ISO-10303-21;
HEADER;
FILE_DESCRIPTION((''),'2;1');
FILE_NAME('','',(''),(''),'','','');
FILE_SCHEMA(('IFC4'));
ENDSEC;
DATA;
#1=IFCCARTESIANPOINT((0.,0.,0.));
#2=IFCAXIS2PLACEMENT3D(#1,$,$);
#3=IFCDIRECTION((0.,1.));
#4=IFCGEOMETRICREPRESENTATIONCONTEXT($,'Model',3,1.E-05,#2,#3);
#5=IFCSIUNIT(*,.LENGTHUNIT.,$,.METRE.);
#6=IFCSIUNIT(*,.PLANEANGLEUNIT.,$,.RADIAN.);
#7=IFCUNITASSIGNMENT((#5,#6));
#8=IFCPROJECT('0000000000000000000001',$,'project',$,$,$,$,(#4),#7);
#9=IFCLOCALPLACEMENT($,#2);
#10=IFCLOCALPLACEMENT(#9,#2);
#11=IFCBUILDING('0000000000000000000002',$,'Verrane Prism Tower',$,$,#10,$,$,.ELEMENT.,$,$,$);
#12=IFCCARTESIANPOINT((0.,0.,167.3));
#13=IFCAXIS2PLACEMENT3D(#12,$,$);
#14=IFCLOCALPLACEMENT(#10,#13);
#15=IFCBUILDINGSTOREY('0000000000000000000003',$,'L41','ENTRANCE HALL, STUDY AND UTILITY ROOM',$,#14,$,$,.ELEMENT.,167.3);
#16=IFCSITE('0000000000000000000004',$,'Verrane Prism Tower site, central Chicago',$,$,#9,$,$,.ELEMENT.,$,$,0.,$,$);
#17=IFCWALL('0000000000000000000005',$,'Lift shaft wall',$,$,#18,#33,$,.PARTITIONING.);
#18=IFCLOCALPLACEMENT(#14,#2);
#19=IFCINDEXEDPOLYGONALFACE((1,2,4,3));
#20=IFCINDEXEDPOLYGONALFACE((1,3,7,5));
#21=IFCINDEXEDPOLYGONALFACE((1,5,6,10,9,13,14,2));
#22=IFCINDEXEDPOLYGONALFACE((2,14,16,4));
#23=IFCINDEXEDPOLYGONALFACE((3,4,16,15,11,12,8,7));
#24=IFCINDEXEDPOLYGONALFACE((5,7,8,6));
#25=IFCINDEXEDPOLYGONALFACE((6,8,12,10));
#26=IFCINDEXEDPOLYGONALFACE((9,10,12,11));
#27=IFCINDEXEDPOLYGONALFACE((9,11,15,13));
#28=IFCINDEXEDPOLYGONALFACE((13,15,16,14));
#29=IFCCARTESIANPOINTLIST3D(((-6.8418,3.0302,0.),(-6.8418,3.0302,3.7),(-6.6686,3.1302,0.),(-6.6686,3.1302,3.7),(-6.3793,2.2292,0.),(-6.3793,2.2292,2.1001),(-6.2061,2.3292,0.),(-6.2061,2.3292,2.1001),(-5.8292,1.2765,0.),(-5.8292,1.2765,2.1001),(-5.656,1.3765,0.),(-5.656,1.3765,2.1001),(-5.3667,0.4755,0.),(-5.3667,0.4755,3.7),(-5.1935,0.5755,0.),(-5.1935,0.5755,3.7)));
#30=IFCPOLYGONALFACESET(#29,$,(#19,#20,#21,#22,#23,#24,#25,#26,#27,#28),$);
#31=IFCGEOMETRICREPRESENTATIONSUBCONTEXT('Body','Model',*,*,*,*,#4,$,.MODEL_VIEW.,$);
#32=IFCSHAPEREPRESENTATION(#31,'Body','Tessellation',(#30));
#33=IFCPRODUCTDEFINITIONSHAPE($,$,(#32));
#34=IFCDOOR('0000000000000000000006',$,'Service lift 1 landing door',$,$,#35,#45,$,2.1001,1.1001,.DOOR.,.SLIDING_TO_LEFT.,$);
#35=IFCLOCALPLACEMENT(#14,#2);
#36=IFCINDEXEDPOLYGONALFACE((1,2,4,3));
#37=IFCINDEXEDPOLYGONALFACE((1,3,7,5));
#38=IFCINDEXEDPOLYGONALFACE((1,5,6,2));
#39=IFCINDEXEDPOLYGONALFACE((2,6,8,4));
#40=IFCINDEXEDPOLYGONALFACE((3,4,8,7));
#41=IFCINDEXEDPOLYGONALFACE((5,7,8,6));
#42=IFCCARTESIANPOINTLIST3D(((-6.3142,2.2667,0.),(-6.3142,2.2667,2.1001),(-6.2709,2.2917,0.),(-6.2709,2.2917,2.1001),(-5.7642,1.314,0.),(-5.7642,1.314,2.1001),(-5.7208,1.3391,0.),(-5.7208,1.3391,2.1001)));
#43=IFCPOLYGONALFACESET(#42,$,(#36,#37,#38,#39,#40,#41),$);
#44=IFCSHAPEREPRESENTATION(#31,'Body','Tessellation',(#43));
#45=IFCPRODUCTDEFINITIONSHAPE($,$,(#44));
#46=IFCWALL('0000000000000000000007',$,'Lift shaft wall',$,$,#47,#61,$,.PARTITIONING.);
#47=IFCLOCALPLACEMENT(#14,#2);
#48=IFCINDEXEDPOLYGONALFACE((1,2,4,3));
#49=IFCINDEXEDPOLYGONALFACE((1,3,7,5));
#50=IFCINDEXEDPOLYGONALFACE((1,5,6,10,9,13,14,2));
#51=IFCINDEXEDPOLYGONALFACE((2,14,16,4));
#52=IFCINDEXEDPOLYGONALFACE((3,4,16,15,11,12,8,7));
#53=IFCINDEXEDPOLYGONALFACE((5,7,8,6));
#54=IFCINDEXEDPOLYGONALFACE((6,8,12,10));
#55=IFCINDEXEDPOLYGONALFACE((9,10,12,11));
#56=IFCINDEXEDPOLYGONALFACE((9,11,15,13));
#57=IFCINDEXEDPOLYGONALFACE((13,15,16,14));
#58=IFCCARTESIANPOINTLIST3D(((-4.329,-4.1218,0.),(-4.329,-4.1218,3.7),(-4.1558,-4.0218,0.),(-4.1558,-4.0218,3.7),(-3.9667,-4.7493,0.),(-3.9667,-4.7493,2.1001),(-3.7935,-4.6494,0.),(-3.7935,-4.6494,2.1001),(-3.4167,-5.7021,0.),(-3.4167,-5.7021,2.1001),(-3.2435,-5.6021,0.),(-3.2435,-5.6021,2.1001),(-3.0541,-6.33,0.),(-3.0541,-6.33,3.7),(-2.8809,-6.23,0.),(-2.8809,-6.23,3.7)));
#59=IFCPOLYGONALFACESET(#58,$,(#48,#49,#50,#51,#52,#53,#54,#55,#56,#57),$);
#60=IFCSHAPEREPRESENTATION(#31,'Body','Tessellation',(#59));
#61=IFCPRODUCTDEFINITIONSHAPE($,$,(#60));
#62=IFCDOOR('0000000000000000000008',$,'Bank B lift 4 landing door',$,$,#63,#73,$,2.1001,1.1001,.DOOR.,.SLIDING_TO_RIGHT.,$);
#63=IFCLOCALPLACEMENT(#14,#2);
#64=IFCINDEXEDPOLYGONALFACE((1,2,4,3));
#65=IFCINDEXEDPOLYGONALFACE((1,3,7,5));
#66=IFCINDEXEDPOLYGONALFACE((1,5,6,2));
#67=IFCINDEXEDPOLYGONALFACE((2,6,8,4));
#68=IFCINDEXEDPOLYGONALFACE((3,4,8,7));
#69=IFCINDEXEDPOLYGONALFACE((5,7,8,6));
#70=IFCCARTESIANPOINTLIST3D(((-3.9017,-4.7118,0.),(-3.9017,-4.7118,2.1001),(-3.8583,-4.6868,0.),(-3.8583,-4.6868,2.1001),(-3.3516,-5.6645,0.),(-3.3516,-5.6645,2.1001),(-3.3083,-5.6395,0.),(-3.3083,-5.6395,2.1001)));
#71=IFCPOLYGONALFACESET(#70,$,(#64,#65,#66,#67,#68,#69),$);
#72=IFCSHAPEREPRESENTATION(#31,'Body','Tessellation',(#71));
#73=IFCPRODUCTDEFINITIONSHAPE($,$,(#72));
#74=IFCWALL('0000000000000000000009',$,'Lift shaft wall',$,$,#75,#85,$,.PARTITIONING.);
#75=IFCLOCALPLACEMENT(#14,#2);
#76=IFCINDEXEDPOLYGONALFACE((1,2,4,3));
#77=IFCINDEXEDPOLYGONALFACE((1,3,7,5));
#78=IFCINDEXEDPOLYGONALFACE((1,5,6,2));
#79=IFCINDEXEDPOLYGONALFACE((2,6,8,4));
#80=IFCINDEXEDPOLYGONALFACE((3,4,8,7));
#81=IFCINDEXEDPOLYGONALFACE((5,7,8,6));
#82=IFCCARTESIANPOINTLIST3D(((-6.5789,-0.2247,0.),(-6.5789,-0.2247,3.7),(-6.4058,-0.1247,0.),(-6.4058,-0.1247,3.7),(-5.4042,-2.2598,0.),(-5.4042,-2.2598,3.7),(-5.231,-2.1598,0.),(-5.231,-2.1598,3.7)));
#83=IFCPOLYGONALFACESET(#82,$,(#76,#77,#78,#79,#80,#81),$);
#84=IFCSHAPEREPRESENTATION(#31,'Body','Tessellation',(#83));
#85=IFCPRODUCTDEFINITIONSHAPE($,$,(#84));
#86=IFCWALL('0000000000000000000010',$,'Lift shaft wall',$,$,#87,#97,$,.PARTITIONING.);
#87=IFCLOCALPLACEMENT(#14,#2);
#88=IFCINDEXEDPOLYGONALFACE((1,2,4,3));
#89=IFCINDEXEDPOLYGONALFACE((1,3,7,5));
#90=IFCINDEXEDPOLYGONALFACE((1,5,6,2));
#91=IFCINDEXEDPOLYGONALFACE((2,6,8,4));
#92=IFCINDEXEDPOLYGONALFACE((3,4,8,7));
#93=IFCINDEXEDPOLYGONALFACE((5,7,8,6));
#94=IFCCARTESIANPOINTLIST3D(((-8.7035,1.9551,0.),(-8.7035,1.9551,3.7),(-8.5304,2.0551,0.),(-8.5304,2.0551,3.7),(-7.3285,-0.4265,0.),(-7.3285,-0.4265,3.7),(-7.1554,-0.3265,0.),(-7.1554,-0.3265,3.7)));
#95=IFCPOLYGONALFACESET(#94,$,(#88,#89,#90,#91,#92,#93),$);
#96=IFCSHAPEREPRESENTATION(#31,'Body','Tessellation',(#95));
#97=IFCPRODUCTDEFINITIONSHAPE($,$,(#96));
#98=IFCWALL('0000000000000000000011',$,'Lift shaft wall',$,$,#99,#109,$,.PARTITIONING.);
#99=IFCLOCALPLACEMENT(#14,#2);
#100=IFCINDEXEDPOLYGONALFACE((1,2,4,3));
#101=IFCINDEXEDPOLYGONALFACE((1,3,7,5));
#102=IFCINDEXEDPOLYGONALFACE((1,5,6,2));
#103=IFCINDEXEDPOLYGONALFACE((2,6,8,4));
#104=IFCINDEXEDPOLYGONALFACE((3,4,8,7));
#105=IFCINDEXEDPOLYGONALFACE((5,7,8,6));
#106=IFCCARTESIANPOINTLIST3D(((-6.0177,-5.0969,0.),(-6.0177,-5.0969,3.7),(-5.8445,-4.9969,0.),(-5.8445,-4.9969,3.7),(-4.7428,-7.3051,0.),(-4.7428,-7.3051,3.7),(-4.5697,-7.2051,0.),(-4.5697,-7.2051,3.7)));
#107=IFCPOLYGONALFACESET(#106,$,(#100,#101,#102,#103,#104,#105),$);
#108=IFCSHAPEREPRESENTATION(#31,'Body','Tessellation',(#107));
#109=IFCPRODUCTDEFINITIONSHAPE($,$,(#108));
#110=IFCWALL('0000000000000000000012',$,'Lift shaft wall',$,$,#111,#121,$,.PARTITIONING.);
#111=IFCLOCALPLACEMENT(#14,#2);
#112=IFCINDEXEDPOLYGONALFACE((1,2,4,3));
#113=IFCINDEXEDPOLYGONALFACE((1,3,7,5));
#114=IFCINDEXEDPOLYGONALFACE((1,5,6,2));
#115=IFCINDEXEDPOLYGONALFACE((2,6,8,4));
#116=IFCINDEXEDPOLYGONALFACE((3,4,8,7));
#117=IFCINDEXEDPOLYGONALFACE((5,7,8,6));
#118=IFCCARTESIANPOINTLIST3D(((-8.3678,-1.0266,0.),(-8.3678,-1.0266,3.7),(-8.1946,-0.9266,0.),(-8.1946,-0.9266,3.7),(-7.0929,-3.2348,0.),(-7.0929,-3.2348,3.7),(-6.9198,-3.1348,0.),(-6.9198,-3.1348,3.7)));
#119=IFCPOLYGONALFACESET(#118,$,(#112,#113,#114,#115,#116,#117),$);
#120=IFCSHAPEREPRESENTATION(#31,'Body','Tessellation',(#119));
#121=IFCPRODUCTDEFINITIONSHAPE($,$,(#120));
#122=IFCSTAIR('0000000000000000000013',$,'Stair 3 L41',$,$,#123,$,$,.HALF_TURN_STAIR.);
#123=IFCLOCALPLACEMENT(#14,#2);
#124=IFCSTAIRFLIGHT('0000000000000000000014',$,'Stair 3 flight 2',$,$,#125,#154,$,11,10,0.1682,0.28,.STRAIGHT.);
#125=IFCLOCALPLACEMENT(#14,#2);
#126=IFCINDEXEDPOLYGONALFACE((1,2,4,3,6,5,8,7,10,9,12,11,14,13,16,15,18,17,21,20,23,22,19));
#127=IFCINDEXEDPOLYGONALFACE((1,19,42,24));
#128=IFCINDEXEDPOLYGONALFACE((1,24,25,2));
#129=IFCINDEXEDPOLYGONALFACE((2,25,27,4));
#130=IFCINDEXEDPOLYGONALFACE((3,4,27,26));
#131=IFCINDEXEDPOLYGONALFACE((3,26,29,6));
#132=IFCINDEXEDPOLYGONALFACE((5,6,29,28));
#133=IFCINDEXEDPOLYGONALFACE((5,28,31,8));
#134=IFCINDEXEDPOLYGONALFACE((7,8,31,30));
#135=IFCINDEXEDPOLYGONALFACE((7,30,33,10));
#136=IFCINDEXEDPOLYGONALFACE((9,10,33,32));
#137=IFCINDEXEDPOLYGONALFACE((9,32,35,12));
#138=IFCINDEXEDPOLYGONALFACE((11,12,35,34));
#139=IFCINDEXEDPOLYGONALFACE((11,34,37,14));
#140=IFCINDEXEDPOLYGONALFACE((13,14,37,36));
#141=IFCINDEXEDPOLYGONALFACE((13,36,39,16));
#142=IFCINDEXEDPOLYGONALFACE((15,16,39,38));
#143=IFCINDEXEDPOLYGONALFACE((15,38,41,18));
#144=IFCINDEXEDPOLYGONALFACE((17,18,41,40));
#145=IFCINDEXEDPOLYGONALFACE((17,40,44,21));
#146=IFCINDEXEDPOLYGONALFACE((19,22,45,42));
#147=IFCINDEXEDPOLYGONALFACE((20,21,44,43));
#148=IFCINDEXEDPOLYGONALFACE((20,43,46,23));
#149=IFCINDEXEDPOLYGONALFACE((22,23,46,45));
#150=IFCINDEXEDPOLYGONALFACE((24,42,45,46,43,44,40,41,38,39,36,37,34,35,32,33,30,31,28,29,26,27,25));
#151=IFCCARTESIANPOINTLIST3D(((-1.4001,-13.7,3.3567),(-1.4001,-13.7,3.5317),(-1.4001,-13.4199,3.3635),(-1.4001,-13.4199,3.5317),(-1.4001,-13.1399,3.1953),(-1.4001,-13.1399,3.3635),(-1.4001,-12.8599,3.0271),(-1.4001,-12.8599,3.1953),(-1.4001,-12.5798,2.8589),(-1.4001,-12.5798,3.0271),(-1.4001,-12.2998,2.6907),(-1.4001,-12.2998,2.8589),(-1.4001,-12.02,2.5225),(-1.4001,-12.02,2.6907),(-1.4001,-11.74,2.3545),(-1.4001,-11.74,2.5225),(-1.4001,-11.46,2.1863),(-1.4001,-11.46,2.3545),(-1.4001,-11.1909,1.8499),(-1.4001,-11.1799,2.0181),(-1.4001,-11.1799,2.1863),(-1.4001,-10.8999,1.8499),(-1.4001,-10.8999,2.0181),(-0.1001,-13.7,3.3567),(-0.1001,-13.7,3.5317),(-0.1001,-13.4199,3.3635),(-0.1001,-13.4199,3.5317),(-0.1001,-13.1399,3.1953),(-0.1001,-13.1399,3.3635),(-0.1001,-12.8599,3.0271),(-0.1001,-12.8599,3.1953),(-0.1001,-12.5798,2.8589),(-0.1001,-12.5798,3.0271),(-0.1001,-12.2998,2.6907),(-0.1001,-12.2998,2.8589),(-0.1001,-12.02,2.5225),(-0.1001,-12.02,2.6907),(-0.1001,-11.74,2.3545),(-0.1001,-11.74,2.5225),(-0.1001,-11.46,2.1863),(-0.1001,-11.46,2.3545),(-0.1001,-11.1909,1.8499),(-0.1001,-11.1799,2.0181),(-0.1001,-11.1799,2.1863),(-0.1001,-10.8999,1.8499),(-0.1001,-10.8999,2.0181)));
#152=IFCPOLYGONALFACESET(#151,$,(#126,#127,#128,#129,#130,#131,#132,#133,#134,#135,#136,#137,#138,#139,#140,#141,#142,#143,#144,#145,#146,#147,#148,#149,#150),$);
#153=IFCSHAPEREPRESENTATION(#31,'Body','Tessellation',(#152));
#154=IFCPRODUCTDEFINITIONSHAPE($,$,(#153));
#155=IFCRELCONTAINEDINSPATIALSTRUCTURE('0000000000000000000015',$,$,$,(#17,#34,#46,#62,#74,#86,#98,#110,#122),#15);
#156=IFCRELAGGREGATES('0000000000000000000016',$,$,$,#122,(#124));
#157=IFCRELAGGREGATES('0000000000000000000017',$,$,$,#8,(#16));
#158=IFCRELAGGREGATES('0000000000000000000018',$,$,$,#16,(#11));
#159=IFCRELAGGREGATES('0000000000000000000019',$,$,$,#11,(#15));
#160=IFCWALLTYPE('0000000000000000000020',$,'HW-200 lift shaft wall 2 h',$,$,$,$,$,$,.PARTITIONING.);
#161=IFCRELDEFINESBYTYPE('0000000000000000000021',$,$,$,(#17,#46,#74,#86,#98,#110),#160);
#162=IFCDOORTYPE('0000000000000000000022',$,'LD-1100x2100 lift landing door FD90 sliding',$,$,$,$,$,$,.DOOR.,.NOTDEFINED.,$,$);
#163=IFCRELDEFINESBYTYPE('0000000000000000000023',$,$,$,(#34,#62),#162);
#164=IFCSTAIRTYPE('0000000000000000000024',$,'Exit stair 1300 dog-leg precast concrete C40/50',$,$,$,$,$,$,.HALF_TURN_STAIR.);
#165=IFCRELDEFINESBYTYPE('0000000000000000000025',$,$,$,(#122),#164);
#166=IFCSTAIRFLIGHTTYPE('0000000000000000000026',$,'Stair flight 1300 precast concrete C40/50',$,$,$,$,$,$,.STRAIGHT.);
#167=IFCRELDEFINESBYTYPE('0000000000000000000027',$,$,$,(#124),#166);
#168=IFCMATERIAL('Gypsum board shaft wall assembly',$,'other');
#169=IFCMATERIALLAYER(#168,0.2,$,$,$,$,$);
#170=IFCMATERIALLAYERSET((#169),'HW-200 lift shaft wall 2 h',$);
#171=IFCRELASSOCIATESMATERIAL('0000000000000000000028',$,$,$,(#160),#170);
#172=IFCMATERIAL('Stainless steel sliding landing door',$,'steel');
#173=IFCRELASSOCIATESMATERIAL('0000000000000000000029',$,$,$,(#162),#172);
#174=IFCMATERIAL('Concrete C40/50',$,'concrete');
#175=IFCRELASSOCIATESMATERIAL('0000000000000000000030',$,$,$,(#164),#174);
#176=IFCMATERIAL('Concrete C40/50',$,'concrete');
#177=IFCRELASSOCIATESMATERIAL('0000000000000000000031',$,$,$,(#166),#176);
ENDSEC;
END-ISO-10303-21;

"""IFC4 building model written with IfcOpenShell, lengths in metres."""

from ifc_helpers import new_model, si_unit, direction, frame, frame_2d, origin, place, context, subcontext, project, spatial, polyline, rectangle, outline, extrude, material, layer, layer_set, type_object, element, fill, aggregate, save


model = new_model("IFC4")

# Units and contexts
model_context = context("Model", 3, precision=1e-05, world=origin(), true_north=direction((0.0, 1.0)))
body_context = subcontext(model_context, "Body", "Model", "MODEL_VIEW")
ifc_project = project(units=[si_unit("LENGTHUNIT", "METRE"), si_unit("PLANEANGLEUNIT", "RADIAN")], contexts=[model_context])

# Site, building, storey
site_placement = place(None, origin())
site = spatial("IfcSite", under=ifc_project, at=site_placement, Name="Verrane Prism Tower site, central Chicago", CompositionType="ELEMENT", RefElevation=0.0)
building_placement = place(site_placement, origin())
building = spatial("IfcBuilding", under=site, at=building_placement, Name="Verrane Prism Tower", CompositionType="ELEMENT")
storey_placement = place(building_placement, frame((0.0, 0.0, 167.3)))
storey = spatial("IfcBuildingStorey", under=building, at=storey_placement, Name="L41", Description="ENTRANCE HALL, STUDY AND UTILITY ROOM", CompositionType="ELEMENT", Elevation=167.3)

# Shared definitions
ifc_material_1 = material(Name="Gypsum board shaft wall assembly", Category="other")
ifc_layer_1 = layer(ifc_material_1, 0.2)
ifc_layer_set_1 = layer_set([ifc_layer_1], Name="HW-200 lift shaft wall 2 h")
wall_type_1 = type_object("IfcWallType", Name="HW-200 lift shaft wall 2 h", PredefinedType="PARTITIONING", material=ifc_layer_set_1)
ifc_material_2 = material(Name="Stainless steel sliding landing door", Category="steel")
door_type = type_object("IfcDoorType", Name="LD-1100x2100 lift landing door FD90 sliding", OperationType="NOTDEFINED", PredefinedType="DOOR", material=ifc_material_2)

# Walls, openings, doors
wall_1_placement = place(storey_placement, frame((-5.28, 0.5254, 0.0), z_axis=(0.0, 0.0, 1.0), x_axis=(-0.500038, 0.866004, 0.0)))
wall_1 = element("IfcWall", 1, at=wall_1_placement, inside=storey, type_object=wall_type_1, Name="Lift shaft wall", PredefinedType="PARTITIONING", context=body_context, shape_type="SweptSolid", body=[
    extrude(rectangle(XDim=2.95, YDim=0.2, at=frame_2d((1.4751, 0.0))), origin(), (0.0, 0.0, 1.0), 3.7),
])
opening_1_placement = place(wall_1_placement, frame((0.925, 0.0, 0.0)))
opening_1 = element("IfcOpeningElement", 2, at=opening_1_placement, cuts=wall_1, PredefinedType="OPENING", context=body_context, shape_type="SweptSolid", body=[
    extrude(rectangle(XDim=1.1001, YDim=2.1001, at=frame_2d((0.55, 1.05))), frame((0.0, 0.1099, 0.0), z_axis=(0.0, -1.0, 0.0), x_axis=(1.0, 0.0, 0.0)), (0.0, 0.0, 1.0), 0.22),
])
door_1_placement = place(opening_1_placement, origin())
door_1 = element("IfcDoor", 3, at=door_1_placement, inside=storey, type_object=door_type, Name="Service lift 1 landing door", OperationType="SLIDING_TO_LEFT", OverallHeight=2.1001, OverallWidth=1.1001, PredefinedType="DOOR", context=body_context, shape_type="SweptSolid", body=[
    extrude(rectangle(XDim=1.1001, YDim=2.1001, at=frame_2d((0.55, 1.05))), frame((0.0, 0.0249, 0.0), z_axis=(0.0, -1.0, 0.0), x_axis=(1.0, 0.0, 0.0)), (0.0, 0.0, 1.0), 0.05),
])
fill(opening_1, door_1)
wall_2_placement = place(storey_placement, frame((-2.9675, -6.28, 0.0), z_axis=(0.0, 0.0, 1.0), x_axis=(-0.49999, 0.866031, 0.0)))
wall_2 = element("IfcWall", 4, at=wall_2_placement, inside=storey, type_object=wall_type_1, Name="Lift shaft wall", PredefinedType="PARTITIONING", context=body_context, shape_type="SweptSolid", body=[
    extrude(rectangle(XDim=2.5498, YDim=0.2, at=frame_2d((1.2749, 0.0))), origin(), (0.0, 0.0, 1.0), 3.7),
])
opening_2_placement = place(wall_2_placement, frame((0.7251, 0.0, 0.0)))
opening_2 = element("IfcOpeningElement", 5, at=opening_2_placement, cuts=wall_2, PredefinedType="OPENING", context=body_context, shape_type="SweptSolid", body=[
    extrude(rectangle(XDim=1.1001, YDim=2.1001, at=frame_2d((0.55, 1.05))), frame((0.0, 0.1099, 0.0), z_axis=(0.0, -1.0, 0.0), x_axis=(1.0, 0.0, 0.0)), (0.0, 0.0, 1.0), 0.22),
])
door_2_placement = place(opening_2_placement, origin())
door_2 = element("IfcDoor", 6, at=door_2_placement, inside=storey, type_object=door_type, Name="Bank B lift 4 landing door", OperationType="SLIDING_TO_RIGHT", OverallHeight=2.1001, OverallWidth=1.1001, PredefinedType="DOOR", context=body_context, shape_type="SweptSolid", body=[
    extrude(rectangle(XDim=1.1001, YDim=2.1001, at=frame_2d((0.55, 1.05))), frame((0.0, 0.0249, 0.0), z_axis=(0.0, -1.0, 0.0), x_axis=(1.0, 0.0, 0.0)), (0.0, 0.0, 1.0), 0.05),
])
fill(opening_2, door_2)

# Walls
wall_3_placement = place(storey_placement, frame((-5.3176, -2.2097, 0.0), z_axis=(0.0, 0.0, 1.0), x_axis=(-0.499938, 0.866061, 0.0)))
element("IfcWall", 7, at=wall_3_placement, inside=storey, type_object=wall_type_1, Name="Lift shaft wall", PredefinedType="PARTITIONING", context=body_context, shape_type="SweptSolid", body=[
    extrude(rectangle(XDim=2.3499, YDim=0.2, at=frame_2d((1.1748, 0.0))), origin(), (0.0, 0.0, 1.0), 3.7),
])
wall_4_placement = place(storey_placement, frame((-7.2419, -0.3765, 0.0), z_axis=(0.0, 0.0, 1.0), x_axis=(-0.499997, 0.866027, 0.0)))
element("IfcWall", 8, at=wall_4_placement, inside=storey, type_object=wall_type_1, Name="Lift shaft wall", PredefinedType="PARTITIONING", context=body_context, shape_type="SweptSolid", body=[
    extrude(rectangle(XDim=2.75, YDim=0.2, at=frame_2d((1.375, 0.0))), origin(), (0.0, 0.0, 1.0), 3.7),
])
for number, where, z_axis, x_axis, name in (
    (9, (-4.6562, -7.2551, 0.0), (0.0, 0.0, 1.0), (-0.49999, 0.866031, 0.0), "Lift shaft wall"),
    (10, (-7.0063, -3.1848, 0.0), (0.0, 0.0, 1.0), (-0.49999, 0.866031, 0.0), "Lift shaft wall"),
):
    element("IfcWall", number, at=place(storey_placement, frame(where, z_axis=z_axis, x_axis=x_axis)), inside=storey, type_object=wall_type_1, Name=name, PredefinedType="PARTITIONING", context=body_context, shape_type="SweptSolid", body=[
        extrude(rectangle(XDim=2.5498, YDim=0.2, at=frame_2d((1.2749, 0.0))), origin(), (0.0, 0.0, 1.0), 3.7),
    ])

# Stair, stair flight
ifc_material_3 = material(Name="Concrete C40/50", Category="concrete")
stair_type = type_object("IfcStairType", Name="Exit stair 1300 dog-leg precast concrete C40/50", PredefinedType="HALF_TURN_STAIR", material=ifc_material_3)
stair_placement = place(storey_placement, origin())
stair = element("IfcStair", 11, at=stair_placement, inside=storey, type_object=stair_type, Name="Stair 3 L41", PredefinedType="HALF_TURN_STAIR")
ifc_material_4 = material(Name="Concrete C40/50", Category="concrete")
stair_flight_type = type_object("IfcStairFlightType", Name="Stair flight 1300 precast concrete C40/50", PredefinedType="STRAIGHT", material=ifc_material_4)
stair_flight_placement = place(storey_placement, frame((-0.75, -10.8999, 1.8499), z_axis=(0.0, 0.0, 1.0), x_axis=(0.0, -1.0, 0.0)))
stair_flight = element("IfcStairFlight", 12, at=stair_flight_placement, type_object=stair_flight_type, Name="Stair 3 flight 2", NumberOfRisers=11, NumberOfTreads=10, PredefinedType="STRAIGHT", RiserHeight=0.1682, TreadLength=0.28, context=body_context, shape_type="SweptSolid", body=[
    extrude(outline(polyline([(0.0, 0.0), (0.0, 0.1682), (0.28, 0.1682), (0.28, 0.3364), (0.5601, 0.3364), (0.5601, 0.5046), (0.8401, 0.5046), (0.8401, 0.6726), (1.1201, 0.6726), (1.1201, 0.8408), (1.3999, 0.8408), (1.3999, 1.009), (1.6799, 1.009), (1.6799, 1.1772), (1.96, 1.1772), (1.96, 1.3455), (2.24, 1.3455), (2.24, 1.5137), (2.52, 1.5137), (2.52, 1.6819), (2.8, 1.6819), (2.8, 1.8501), (2.8, 1.5068), (0.291, 0.0), (0.0, 0.0)])), frame((0.0, 0.6499, 0.0), z_axis=(0.0, -1.0, 0.0), x_axis=(1.0, 0.0, 0.0)), (0.0, 0.0, 1.0), 1.3),
])
aggregate(stair, [stair_flight])

save(model, "model.ifc")
